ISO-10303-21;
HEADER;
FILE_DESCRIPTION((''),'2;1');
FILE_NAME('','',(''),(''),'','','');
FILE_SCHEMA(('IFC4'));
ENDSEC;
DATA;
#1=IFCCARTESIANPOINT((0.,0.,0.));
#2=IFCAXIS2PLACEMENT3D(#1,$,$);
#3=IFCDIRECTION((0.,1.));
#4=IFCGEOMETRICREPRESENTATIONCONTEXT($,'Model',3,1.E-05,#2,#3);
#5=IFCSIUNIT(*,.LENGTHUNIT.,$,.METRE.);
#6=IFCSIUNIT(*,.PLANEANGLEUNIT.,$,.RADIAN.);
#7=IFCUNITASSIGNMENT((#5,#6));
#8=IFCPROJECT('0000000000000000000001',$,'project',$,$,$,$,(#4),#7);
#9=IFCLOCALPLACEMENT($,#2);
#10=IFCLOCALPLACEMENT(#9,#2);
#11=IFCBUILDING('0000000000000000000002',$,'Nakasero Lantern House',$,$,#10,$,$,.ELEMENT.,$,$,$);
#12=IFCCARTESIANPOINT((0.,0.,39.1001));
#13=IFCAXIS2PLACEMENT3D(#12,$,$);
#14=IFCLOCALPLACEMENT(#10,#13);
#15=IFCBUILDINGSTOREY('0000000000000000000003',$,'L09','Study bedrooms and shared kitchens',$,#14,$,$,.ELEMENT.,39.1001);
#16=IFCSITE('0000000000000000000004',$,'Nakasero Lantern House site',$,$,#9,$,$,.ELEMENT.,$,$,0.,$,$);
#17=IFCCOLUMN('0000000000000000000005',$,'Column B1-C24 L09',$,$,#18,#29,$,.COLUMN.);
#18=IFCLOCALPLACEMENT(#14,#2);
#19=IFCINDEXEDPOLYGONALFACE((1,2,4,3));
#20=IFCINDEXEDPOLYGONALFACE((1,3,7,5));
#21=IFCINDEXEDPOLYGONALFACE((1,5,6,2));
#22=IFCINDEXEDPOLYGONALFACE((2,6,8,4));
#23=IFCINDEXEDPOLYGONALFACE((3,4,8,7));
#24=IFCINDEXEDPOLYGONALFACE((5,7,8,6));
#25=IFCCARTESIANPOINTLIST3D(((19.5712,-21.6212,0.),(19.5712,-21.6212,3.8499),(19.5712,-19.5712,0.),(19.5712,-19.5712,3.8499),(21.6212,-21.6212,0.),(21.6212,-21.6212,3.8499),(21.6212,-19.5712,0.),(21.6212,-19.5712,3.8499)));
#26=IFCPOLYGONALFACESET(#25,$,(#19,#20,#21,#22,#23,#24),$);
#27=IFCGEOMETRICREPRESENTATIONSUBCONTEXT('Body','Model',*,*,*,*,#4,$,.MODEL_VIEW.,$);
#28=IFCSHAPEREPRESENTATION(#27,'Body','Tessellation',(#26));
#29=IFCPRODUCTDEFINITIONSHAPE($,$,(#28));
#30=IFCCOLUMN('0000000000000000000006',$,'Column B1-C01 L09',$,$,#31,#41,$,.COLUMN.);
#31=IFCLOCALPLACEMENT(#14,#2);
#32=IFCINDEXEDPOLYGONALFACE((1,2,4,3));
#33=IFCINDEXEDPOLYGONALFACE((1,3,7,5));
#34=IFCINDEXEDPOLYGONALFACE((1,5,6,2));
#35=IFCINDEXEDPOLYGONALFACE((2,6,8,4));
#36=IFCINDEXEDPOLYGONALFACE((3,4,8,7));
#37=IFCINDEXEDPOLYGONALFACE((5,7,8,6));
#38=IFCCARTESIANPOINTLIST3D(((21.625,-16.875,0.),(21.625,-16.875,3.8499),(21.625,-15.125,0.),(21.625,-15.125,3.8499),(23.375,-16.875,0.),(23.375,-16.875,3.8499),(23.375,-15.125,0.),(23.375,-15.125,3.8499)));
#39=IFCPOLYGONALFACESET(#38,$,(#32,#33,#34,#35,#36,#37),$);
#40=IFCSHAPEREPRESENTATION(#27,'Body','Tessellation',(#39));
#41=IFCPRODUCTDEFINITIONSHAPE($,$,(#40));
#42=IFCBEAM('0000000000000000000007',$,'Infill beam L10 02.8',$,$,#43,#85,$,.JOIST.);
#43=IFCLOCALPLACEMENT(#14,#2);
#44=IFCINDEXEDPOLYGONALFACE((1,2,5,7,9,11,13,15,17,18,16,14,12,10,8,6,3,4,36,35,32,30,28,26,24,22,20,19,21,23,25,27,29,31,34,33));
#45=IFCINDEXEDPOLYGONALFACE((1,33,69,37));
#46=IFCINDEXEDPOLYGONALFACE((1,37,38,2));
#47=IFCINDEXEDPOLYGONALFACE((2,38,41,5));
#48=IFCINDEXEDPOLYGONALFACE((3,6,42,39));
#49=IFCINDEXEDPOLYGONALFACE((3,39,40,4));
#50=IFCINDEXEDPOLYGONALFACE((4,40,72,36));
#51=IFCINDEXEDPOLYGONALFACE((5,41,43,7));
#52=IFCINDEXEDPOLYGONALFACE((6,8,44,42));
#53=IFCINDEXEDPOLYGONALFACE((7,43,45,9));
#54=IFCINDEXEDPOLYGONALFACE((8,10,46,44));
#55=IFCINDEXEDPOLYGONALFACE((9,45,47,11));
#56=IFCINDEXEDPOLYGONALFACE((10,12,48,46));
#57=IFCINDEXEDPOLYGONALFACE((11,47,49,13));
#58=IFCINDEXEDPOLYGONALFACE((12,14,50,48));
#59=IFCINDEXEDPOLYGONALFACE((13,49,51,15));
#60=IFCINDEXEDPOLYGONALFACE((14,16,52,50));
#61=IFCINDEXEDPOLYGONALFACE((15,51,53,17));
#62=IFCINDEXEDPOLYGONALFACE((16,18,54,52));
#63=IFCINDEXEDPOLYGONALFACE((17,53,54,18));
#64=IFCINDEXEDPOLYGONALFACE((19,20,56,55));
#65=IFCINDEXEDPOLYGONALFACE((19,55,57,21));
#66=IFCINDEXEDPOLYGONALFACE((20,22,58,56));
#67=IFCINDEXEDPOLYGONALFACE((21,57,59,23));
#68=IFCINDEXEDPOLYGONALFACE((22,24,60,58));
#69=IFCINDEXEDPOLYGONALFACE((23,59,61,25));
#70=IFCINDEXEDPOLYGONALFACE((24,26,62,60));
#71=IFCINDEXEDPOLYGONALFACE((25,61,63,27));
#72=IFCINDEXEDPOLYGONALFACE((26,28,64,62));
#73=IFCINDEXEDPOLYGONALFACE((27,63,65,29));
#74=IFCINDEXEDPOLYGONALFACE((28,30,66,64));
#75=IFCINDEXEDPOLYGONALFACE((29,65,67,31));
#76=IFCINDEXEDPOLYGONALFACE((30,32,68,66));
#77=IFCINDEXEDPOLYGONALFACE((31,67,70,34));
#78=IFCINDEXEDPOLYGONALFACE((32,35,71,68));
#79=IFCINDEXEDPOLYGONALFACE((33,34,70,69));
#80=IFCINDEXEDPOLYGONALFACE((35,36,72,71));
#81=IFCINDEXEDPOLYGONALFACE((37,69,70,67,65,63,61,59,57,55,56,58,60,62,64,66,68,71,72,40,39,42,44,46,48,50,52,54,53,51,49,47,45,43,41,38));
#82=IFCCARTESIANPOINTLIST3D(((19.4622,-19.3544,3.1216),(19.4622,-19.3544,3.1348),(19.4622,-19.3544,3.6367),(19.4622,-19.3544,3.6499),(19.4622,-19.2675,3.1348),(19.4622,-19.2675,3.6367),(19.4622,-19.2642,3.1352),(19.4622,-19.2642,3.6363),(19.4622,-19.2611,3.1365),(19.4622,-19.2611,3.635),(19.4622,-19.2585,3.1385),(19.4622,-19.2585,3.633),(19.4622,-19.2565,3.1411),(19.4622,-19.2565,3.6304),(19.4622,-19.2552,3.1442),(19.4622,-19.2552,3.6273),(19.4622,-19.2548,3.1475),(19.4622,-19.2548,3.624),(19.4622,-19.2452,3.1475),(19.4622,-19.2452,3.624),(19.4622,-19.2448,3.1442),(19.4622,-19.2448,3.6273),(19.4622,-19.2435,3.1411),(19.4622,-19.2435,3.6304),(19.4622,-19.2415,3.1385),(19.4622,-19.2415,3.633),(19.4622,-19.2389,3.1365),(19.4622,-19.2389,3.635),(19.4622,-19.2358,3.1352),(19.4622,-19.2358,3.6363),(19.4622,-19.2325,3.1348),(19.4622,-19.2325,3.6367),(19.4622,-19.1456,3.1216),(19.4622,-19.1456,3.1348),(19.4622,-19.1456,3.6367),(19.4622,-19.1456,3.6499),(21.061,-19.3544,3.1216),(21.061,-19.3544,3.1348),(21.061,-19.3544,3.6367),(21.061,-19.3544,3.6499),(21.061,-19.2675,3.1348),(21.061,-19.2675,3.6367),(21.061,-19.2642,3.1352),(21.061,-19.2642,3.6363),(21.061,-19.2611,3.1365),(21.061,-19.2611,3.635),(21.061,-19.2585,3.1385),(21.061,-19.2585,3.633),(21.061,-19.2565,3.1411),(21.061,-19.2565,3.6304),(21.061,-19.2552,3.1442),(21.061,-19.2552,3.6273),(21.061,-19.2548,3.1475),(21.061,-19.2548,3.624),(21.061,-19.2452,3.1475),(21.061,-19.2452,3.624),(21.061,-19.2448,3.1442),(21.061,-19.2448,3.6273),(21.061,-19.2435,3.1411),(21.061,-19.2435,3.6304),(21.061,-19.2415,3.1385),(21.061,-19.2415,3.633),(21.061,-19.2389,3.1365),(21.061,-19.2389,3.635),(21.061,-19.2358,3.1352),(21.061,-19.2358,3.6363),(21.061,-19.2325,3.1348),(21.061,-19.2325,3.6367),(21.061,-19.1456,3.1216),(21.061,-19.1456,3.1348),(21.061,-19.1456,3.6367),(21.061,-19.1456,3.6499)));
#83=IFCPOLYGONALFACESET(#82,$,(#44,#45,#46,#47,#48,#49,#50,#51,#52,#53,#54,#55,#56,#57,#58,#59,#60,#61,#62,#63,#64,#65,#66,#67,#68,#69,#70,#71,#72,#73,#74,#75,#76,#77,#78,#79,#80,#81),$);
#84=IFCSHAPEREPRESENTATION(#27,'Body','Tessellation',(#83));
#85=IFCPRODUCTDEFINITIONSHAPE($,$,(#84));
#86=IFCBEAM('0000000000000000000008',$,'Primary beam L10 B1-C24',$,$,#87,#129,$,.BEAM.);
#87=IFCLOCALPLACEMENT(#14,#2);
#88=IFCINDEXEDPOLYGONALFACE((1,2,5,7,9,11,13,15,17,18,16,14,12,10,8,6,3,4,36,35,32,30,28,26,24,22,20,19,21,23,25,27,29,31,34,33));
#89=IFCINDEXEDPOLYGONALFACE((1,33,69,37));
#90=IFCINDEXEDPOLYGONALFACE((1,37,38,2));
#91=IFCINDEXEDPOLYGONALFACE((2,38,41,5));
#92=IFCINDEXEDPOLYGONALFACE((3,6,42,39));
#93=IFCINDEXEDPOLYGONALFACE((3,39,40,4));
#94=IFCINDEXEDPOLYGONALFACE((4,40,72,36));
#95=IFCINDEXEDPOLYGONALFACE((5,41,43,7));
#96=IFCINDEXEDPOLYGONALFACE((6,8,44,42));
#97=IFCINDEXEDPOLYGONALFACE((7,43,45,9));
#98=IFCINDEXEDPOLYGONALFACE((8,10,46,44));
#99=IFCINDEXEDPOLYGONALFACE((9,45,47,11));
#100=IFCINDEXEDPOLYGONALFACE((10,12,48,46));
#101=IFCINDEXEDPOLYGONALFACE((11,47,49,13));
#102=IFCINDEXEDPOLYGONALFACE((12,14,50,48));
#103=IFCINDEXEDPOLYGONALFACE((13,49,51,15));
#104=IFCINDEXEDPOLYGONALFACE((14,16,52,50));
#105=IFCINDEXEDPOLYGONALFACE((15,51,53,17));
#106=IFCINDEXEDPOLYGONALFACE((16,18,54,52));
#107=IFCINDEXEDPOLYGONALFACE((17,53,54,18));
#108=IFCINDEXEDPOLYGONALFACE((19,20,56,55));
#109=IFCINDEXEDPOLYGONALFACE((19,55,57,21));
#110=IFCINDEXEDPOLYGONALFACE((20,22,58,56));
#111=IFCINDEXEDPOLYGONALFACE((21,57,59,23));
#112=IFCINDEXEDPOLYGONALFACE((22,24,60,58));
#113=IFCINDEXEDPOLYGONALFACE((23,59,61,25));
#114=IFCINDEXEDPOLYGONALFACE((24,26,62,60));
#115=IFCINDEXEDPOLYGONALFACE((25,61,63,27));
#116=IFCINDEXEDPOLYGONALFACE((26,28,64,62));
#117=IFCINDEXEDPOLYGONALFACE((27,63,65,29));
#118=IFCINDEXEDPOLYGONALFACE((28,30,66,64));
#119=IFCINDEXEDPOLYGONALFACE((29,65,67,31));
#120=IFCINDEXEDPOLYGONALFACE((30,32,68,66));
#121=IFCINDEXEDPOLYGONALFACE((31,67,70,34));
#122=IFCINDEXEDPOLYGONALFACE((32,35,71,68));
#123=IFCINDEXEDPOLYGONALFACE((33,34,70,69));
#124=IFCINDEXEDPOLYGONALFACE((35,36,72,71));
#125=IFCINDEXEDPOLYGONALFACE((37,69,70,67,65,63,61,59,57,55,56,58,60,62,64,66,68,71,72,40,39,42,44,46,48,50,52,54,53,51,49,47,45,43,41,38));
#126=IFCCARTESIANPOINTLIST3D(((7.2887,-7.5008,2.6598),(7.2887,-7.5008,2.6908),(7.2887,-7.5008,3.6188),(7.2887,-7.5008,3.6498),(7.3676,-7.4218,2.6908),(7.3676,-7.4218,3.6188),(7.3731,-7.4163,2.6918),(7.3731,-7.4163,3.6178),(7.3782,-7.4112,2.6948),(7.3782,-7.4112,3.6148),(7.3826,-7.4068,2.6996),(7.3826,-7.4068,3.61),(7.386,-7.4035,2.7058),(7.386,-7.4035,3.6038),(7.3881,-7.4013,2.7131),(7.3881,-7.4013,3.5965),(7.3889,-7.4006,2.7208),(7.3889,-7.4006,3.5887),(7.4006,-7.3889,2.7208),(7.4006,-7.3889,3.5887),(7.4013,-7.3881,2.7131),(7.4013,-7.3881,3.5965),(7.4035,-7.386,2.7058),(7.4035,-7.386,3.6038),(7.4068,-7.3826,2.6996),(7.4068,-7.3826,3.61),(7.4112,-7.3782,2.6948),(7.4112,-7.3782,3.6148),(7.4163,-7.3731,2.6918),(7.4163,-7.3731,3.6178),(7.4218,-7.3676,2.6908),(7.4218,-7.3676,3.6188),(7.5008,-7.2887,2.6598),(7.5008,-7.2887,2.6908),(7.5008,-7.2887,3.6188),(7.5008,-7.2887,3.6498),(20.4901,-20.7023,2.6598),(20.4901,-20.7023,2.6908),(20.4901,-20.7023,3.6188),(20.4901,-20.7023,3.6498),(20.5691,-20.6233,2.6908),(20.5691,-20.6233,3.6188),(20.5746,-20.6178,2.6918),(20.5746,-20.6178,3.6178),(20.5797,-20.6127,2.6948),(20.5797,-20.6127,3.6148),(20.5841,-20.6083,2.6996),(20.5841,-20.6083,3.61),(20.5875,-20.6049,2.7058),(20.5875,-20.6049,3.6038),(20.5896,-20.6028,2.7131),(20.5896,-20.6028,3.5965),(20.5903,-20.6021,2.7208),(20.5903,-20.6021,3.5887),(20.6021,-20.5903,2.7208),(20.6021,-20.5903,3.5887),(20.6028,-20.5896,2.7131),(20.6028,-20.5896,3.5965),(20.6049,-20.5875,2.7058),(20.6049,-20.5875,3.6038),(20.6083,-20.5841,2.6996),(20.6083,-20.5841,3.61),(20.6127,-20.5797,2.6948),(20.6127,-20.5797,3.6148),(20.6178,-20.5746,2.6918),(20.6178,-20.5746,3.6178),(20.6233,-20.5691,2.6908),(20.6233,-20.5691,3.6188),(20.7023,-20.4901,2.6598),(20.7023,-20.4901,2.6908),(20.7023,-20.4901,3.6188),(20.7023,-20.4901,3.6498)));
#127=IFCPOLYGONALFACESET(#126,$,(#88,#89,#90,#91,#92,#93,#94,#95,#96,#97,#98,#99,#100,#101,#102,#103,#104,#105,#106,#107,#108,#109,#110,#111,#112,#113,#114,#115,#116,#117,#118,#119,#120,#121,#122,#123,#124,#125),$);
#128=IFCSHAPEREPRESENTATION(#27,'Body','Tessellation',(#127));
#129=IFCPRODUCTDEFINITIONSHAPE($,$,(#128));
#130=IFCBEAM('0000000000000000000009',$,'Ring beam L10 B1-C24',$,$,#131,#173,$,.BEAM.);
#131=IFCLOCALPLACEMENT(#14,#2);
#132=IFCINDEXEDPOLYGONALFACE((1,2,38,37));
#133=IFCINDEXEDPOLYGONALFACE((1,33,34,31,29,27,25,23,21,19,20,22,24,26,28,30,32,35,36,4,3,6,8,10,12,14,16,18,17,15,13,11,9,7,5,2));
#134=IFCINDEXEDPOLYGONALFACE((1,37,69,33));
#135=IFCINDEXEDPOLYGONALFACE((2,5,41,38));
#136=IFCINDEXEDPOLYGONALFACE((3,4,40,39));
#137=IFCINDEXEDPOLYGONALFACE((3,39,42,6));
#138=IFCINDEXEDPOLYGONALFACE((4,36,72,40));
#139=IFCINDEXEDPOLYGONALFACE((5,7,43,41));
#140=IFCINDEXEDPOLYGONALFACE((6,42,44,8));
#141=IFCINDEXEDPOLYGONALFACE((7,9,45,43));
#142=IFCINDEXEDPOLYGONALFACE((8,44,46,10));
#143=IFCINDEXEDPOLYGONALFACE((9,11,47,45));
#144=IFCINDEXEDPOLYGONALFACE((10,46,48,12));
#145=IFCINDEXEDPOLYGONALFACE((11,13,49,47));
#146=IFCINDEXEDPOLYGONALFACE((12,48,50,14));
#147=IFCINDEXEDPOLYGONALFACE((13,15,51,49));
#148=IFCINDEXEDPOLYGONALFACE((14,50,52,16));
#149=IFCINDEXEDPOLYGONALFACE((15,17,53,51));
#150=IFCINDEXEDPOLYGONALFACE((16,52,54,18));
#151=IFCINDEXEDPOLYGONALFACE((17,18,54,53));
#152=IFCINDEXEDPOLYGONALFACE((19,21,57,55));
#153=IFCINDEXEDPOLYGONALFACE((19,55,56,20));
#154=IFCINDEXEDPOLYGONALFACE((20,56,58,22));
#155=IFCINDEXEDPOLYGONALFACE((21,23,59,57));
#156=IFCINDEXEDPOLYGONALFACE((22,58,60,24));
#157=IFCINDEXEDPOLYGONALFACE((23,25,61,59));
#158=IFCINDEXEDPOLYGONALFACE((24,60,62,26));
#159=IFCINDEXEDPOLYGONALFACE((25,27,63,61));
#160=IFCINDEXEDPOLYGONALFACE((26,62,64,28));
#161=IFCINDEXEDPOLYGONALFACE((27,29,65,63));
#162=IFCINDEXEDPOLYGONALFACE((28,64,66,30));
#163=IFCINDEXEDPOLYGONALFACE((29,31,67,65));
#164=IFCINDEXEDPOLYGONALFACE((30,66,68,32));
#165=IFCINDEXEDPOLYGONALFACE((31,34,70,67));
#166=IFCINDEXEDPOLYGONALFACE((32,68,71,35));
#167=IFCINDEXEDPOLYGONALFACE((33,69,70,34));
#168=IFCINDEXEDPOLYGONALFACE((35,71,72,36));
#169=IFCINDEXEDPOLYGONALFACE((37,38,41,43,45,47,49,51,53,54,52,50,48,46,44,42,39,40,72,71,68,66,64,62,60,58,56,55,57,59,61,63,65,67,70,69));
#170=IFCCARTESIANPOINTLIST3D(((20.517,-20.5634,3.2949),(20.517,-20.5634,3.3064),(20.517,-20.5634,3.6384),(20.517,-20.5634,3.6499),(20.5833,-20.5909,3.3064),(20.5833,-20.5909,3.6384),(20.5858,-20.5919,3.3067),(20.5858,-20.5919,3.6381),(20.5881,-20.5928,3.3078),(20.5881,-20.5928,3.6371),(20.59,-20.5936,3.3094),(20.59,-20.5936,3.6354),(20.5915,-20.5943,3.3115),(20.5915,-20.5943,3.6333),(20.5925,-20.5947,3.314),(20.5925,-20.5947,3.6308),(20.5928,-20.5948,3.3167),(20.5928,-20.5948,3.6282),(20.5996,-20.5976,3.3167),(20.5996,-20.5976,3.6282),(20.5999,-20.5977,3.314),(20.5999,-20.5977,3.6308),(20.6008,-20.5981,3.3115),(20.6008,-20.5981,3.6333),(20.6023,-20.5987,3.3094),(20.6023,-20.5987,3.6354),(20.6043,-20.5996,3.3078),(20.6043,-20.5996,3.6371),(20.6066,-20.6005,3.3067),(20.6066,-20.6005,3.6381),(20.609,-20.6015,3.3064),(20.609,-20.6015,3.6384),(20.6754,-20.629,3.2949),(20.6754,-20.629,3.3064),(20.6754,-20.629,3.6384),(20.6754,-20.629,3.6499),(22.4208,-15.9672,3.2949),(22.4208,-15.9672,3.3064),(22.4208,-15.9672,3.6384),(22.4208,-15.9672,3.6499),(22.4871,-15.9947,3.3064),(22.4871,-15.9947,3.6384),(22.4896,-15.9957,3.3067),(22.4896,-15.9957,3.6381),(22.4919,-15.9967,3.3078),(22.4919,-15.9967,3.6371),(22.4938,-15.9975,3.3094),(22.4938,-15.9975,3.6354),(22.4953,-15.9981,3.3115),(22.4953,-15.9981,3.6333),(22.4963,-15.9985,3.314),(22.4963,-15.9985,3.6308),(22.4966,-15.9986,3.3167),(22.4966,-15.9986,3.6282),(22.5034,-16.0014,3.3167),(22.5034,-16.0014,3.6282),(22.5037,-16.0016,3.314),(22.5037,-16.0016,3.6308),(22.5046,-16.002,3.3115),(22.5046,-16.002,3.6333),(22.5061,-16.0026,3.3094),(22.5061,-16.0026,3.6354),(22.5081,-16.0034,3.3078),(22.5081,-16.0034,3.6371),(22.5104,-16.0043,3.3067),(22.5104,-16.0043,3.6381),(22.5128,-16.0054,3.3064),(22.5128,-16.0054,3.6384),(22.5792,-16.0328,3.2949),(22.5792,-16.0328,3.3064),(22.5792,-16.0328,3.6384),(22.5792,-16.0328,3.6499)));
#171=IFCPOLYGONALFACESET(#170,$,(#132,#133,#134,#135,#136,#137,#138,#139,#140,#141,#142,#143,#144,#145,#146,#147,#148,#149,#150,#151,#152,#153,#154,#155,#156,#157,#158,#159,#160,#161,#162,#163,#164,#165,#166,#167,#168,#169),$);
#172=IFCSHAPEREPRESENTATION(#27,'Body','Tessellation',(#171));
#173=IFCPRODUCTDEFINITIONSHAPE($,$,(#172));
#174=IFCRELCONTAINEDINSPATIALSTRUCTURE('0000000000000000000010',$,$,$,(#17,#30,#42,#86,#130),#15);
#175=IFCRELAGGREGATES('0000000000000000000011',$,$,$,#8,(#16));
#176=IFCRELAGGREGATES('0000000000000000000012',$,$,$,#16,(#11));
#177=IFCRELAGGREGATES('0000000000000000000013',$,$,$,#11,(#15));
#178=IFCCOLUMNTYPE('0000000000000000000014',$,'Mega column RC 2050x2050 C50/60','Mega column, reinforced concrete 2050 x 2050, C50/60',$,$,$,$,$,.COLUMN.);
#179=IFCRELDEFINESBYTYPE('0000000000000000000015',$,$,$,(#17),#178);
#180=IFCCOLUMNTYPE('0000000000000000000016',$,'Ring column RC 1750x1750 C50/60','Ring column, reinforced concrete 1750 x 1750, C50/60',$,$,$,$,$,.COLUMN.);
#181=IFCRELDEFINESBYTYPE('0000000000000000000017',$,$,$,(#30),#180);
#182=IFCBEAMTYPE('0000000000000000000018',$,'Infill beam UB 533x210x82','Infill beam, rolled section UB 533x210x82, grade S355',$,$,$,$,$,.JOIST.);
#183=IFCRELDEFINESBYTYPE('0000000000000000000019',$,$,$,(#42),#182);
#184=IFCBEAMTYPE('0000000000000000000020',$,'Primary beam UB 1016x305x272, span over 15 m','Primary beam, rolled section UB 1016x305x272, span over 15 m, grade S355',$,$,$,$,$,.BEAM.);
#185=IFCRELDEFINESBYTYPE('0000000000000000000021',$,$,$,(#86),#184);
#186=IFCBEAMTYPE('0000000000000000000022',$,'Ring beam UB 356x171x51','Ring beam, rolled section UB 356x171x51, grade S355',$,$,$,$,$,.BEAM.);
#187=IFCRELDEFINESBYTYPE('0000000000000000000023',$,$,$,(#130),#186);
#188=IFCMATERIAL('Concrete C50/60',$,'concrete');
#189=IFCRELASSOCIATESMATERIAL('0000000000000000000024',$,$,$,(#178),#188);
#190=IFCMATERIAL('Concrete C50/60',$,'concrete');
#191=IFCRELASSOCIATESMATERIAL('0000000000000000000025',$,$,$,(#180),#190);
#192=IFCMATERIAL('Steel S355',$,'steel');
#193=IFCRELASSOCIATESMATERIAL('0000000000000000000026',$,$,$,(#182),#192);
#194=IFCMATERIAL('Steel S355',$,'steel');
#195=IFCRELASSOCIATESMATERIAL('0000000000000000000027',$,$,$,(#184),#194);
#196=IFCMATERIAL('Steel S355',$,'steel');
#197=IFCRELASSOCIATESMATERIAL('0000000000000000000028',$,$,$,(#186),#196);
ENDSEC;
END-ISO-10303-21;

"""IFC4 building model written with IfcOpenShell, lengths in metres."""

from ifc_helpers import new_model, si_unit, direction, frame, origin, origin_2d, place, context, subcontext, project, spatial, rectangle, i_section, extrude, material, material_profile, profile_set, type_object, element, save


model = new_model("IFC4")

# Units and contexts
model_context = context("Model", 3, precision=1e-05, world=origin(), true_north=direction((0.0, 1.0)))
body_context = subcontext(model_context, "Body", "Model", "MODEL_VIEW")
ifc_project = project(units=[si_unit("LENGTHUNIT", "METRE"), si_unit("PLANEANGLEUNIT", "RADIAN")], contexts=[model_context])

# Site, building, storey
site_placement = place(None, origin())
site = spatial("IfcSite", under=ifc_project, at=site_placement, Name="Nakasero Lantern House site", CompositionType="ELEMENT", RefElevation=0.0)
building_placement = place(site_placement, origin())
building = spatial("IfcBuilding", under=site, at=building_placement, Name="Nakasero Lantern House", CompositionType="ELEMENT")
storey_placement = place(building_placement, frame((0.0, 0.0, 39.1001)))
storey = spatial("IfcBuildingStorey", under=building, at=storey_placement, Name="L09", Description="Study bedrooms and shared kitchens", CompositionType="ELEMENT", Elevation=39.1001)

# Columns
ifc_material_1 = material(Name="Concrete C50/60", Category="concrete")
ifc_material_profile_1 = material_profile(ifc_material_1, rectangle(XDim=2.05, YDim=2.05, at=origin_2d()), Name="RC 2050x2050")
ifc_profile_set_1 = profile_set([ifc_material_profile_1], Name="Concrete C50/60")
column_type_1 = type_object("IfcColumnType", Name="Mega column RC 2050x2050 C50/60", Description="Mega column, reinforced concrete 2050 x 2050, C50/60", PredefinedType="COLUMN", material=ifc_profile_set_1)
column_1_placement = place(storey_placement, frame((20.5962, -20.5962, 0.0), z_axis=(0.0, 0.0, 1.0), x_axis=(1.0, 0.0, 0.0)))
element("IfcColumn", 1, at=column_1_placement, inside=storey, type_object=column_type_1, Name="Column B1-C24 L09", PredefinedType="COLUMN", context=body_context, shape_type="SweptSolid", body=[
    extrude(rectangle(XDim=2.05, YDim=2.05, at=origin_2d()), origin(), (0.0, 0.0, 1.0), 3.8499),
])
ifc_material_2 = material(Name="Concrete C50/60", Category="concrete")
ifc_material_profile_2 = material_profile(ifc_material_2, rectangle(XDim=1.75, YDim=1.75, at=origin_2d()), Name="RC 1750x1750")
ifc_profile_set_2 = profile_set([ifc_material_profile_2], Name="Concrete C50/60")
column_type_2 = type_object("IfcColumnType", Name="Ring column RC 1750x1750 C50/60", Description="Ring column, reinforced concrete 1750 x 1750, C50/60", PredefinedType="COLUMN", material=ifc_profile_set_2)
column_2_placement = place(storey_placement, frame((22.5, -16.0, 0.0), z_axis=(0.0, 0.0, 1.0), x_axis=(1.0, 0.0, 0.0)))
element("IfcColumn", 2, at=column_2_placement, inside=storey, type_object=column_type_2, Name="Column B1-C01 L09", PredefinedType="COLUMN", context=body_context, shape_type="SweptSolid", body=[
    extrude(rectangle(XDim=1.75, YDim=1.75, at=origin_2d()), origin(), (0.0, 0.0, 1.0), 3.8499),
])

# Beams
ifc_material_3 = material(Name="Steel S355", Category="steel")
ifc_material_profile_3 = material_profile(ifc_material_3, i_section(OverallWidth=0.2087, OverallDepth=0.5283, WebThickness=0.0095, FlangeThickness=0.0132, FilletRadius=0.0127, at=origin_2d()), Name="UB 533x210x82")
ifc_profile_set_3 = profile_set([ifc_material_profile_3], Name="Steel S355")
beam_type_1 = type_object("IfcBeamType", Name="Infill beam UB 533x210x82", Description="Infill beam, rolled section UB 533x210x82, grade S355", PredefinedType="JOIST", material=ifc_profile_set_3)
beam_1_placement = place(storey_placement, frame((19.4622, -19.25, 3.3857), z_axis=(1.0, 0.0, 0.0), x_axis=(0.0, 1.0, 0.0)))
element("IfcBeam", 3, at=beam_1_placement, inside=storey, type_object=beam_type_1, Name="Infill beam L10 02.8", PredefinedType="JOIST", context=body_context, shape_type="SweptSolid", body=[
    extrude(i_section(OverallWidth=0.2087, OverallDepth=0.5283, WebThickness=0.0095, FlangeThickness=0.0132, FilletRadius=0.0127, at=origin_2d()), origin(), (0.0, 0.0, 1.0), 1.5989),
])
ifc_material_4 = material(Name="Steel S355", Category="steel")
ifc_material_profile_4 = material_profile(ifc_material_4, i_section(OverallWidth=0.3, OverallDepth=0.99, WebThickness=0.0166, FlangeThickness=0.031, FilletRadius=0.03, at=origin_2d()), Name="UB 1016x305x272")
ifc_profile_set_4 = profile_set([ifc_material_profile_4], Name="Steel S355")
beam_type_2 = type_object("IfcBeamType", Name="Primary beam UB 1016x305x272, span over 15 m", Description="Primary beam, rolled section UB 1016x305x272, span over 15 m, grade S355", PredefinedType="BEAM", material=ifc_profile_set_4)
beam_2_placement = place(storey_placement, frame((20.5962, -20.5962, 3.1548), z_axis=(-0.707107, 0.707107, 0.0), x_axis=(-0.707107, -0.707107, 0.0)))
element("IfcBeam", 4, at=beam_2_placement, inside=storey, type_object=beam_type_2, Name="Primary beam L10 B1-C24", PredefinedType="BEAM", context=body_context, shape_type="SweptSolid", body=[
    extrude(i_section(OverallWidth=0.3, OverallDepth=0.99, WebThickness=0.0166, FlangeThickness=0.031, FilletRadius=0.03, at=origin_2d()), origin(), (0.0, 0.0, 1.0), 18.6697),
])
ifc_material_5 = material(Name="Steel S355", Category="steel")
ifc_material_profile_5 = material_profile(ifc_material_5, i_section(OverallWidth=0.1714, OverallDepth=0.355, WebThickness=0.0073, FlangeThickness=0.0115, FilletRadius=0.0103, at=origin_2d()), Name="UB 356x171x51")
ifc_profile_set_5 = profile_set([ifc_material_profile_5], Name="Steel S355")
beam_type_3 = type_object("IfcBeamType", Name="Ring beam UB 356x171x51", Description="Ring beam, rolled section UB 356x171x51, grade S355", PredefinedType="BEAM", material=ifc_profile_set_5)
beam_3_placement = place(storey_placement, frame((20.5962, -20.5962, 3.4724), z_axis=(0.382684, 0.923879, 0.0), x_axis=(-0.923879, 0.382684, 0.0)))
element("IfcBeam", 5, at=beam_3_placement, inside=storey, type_object=beam_type_3, Name="Ring beam L10 B1-C24", PredefinedType="BEAM", context=body_context, shape_type="SweptSolid", body=[
    extrude(i_section(OverallWidth=0.1714, OverallDepth=0.355, WebThickness=0.0073, FlangeThickness=0.0115, FilletRadius=0.0103, at=origin_2d()), origin(), (0.0, 0.0, 1.0), 4.9749),
])

save(model, "model.ifc")
